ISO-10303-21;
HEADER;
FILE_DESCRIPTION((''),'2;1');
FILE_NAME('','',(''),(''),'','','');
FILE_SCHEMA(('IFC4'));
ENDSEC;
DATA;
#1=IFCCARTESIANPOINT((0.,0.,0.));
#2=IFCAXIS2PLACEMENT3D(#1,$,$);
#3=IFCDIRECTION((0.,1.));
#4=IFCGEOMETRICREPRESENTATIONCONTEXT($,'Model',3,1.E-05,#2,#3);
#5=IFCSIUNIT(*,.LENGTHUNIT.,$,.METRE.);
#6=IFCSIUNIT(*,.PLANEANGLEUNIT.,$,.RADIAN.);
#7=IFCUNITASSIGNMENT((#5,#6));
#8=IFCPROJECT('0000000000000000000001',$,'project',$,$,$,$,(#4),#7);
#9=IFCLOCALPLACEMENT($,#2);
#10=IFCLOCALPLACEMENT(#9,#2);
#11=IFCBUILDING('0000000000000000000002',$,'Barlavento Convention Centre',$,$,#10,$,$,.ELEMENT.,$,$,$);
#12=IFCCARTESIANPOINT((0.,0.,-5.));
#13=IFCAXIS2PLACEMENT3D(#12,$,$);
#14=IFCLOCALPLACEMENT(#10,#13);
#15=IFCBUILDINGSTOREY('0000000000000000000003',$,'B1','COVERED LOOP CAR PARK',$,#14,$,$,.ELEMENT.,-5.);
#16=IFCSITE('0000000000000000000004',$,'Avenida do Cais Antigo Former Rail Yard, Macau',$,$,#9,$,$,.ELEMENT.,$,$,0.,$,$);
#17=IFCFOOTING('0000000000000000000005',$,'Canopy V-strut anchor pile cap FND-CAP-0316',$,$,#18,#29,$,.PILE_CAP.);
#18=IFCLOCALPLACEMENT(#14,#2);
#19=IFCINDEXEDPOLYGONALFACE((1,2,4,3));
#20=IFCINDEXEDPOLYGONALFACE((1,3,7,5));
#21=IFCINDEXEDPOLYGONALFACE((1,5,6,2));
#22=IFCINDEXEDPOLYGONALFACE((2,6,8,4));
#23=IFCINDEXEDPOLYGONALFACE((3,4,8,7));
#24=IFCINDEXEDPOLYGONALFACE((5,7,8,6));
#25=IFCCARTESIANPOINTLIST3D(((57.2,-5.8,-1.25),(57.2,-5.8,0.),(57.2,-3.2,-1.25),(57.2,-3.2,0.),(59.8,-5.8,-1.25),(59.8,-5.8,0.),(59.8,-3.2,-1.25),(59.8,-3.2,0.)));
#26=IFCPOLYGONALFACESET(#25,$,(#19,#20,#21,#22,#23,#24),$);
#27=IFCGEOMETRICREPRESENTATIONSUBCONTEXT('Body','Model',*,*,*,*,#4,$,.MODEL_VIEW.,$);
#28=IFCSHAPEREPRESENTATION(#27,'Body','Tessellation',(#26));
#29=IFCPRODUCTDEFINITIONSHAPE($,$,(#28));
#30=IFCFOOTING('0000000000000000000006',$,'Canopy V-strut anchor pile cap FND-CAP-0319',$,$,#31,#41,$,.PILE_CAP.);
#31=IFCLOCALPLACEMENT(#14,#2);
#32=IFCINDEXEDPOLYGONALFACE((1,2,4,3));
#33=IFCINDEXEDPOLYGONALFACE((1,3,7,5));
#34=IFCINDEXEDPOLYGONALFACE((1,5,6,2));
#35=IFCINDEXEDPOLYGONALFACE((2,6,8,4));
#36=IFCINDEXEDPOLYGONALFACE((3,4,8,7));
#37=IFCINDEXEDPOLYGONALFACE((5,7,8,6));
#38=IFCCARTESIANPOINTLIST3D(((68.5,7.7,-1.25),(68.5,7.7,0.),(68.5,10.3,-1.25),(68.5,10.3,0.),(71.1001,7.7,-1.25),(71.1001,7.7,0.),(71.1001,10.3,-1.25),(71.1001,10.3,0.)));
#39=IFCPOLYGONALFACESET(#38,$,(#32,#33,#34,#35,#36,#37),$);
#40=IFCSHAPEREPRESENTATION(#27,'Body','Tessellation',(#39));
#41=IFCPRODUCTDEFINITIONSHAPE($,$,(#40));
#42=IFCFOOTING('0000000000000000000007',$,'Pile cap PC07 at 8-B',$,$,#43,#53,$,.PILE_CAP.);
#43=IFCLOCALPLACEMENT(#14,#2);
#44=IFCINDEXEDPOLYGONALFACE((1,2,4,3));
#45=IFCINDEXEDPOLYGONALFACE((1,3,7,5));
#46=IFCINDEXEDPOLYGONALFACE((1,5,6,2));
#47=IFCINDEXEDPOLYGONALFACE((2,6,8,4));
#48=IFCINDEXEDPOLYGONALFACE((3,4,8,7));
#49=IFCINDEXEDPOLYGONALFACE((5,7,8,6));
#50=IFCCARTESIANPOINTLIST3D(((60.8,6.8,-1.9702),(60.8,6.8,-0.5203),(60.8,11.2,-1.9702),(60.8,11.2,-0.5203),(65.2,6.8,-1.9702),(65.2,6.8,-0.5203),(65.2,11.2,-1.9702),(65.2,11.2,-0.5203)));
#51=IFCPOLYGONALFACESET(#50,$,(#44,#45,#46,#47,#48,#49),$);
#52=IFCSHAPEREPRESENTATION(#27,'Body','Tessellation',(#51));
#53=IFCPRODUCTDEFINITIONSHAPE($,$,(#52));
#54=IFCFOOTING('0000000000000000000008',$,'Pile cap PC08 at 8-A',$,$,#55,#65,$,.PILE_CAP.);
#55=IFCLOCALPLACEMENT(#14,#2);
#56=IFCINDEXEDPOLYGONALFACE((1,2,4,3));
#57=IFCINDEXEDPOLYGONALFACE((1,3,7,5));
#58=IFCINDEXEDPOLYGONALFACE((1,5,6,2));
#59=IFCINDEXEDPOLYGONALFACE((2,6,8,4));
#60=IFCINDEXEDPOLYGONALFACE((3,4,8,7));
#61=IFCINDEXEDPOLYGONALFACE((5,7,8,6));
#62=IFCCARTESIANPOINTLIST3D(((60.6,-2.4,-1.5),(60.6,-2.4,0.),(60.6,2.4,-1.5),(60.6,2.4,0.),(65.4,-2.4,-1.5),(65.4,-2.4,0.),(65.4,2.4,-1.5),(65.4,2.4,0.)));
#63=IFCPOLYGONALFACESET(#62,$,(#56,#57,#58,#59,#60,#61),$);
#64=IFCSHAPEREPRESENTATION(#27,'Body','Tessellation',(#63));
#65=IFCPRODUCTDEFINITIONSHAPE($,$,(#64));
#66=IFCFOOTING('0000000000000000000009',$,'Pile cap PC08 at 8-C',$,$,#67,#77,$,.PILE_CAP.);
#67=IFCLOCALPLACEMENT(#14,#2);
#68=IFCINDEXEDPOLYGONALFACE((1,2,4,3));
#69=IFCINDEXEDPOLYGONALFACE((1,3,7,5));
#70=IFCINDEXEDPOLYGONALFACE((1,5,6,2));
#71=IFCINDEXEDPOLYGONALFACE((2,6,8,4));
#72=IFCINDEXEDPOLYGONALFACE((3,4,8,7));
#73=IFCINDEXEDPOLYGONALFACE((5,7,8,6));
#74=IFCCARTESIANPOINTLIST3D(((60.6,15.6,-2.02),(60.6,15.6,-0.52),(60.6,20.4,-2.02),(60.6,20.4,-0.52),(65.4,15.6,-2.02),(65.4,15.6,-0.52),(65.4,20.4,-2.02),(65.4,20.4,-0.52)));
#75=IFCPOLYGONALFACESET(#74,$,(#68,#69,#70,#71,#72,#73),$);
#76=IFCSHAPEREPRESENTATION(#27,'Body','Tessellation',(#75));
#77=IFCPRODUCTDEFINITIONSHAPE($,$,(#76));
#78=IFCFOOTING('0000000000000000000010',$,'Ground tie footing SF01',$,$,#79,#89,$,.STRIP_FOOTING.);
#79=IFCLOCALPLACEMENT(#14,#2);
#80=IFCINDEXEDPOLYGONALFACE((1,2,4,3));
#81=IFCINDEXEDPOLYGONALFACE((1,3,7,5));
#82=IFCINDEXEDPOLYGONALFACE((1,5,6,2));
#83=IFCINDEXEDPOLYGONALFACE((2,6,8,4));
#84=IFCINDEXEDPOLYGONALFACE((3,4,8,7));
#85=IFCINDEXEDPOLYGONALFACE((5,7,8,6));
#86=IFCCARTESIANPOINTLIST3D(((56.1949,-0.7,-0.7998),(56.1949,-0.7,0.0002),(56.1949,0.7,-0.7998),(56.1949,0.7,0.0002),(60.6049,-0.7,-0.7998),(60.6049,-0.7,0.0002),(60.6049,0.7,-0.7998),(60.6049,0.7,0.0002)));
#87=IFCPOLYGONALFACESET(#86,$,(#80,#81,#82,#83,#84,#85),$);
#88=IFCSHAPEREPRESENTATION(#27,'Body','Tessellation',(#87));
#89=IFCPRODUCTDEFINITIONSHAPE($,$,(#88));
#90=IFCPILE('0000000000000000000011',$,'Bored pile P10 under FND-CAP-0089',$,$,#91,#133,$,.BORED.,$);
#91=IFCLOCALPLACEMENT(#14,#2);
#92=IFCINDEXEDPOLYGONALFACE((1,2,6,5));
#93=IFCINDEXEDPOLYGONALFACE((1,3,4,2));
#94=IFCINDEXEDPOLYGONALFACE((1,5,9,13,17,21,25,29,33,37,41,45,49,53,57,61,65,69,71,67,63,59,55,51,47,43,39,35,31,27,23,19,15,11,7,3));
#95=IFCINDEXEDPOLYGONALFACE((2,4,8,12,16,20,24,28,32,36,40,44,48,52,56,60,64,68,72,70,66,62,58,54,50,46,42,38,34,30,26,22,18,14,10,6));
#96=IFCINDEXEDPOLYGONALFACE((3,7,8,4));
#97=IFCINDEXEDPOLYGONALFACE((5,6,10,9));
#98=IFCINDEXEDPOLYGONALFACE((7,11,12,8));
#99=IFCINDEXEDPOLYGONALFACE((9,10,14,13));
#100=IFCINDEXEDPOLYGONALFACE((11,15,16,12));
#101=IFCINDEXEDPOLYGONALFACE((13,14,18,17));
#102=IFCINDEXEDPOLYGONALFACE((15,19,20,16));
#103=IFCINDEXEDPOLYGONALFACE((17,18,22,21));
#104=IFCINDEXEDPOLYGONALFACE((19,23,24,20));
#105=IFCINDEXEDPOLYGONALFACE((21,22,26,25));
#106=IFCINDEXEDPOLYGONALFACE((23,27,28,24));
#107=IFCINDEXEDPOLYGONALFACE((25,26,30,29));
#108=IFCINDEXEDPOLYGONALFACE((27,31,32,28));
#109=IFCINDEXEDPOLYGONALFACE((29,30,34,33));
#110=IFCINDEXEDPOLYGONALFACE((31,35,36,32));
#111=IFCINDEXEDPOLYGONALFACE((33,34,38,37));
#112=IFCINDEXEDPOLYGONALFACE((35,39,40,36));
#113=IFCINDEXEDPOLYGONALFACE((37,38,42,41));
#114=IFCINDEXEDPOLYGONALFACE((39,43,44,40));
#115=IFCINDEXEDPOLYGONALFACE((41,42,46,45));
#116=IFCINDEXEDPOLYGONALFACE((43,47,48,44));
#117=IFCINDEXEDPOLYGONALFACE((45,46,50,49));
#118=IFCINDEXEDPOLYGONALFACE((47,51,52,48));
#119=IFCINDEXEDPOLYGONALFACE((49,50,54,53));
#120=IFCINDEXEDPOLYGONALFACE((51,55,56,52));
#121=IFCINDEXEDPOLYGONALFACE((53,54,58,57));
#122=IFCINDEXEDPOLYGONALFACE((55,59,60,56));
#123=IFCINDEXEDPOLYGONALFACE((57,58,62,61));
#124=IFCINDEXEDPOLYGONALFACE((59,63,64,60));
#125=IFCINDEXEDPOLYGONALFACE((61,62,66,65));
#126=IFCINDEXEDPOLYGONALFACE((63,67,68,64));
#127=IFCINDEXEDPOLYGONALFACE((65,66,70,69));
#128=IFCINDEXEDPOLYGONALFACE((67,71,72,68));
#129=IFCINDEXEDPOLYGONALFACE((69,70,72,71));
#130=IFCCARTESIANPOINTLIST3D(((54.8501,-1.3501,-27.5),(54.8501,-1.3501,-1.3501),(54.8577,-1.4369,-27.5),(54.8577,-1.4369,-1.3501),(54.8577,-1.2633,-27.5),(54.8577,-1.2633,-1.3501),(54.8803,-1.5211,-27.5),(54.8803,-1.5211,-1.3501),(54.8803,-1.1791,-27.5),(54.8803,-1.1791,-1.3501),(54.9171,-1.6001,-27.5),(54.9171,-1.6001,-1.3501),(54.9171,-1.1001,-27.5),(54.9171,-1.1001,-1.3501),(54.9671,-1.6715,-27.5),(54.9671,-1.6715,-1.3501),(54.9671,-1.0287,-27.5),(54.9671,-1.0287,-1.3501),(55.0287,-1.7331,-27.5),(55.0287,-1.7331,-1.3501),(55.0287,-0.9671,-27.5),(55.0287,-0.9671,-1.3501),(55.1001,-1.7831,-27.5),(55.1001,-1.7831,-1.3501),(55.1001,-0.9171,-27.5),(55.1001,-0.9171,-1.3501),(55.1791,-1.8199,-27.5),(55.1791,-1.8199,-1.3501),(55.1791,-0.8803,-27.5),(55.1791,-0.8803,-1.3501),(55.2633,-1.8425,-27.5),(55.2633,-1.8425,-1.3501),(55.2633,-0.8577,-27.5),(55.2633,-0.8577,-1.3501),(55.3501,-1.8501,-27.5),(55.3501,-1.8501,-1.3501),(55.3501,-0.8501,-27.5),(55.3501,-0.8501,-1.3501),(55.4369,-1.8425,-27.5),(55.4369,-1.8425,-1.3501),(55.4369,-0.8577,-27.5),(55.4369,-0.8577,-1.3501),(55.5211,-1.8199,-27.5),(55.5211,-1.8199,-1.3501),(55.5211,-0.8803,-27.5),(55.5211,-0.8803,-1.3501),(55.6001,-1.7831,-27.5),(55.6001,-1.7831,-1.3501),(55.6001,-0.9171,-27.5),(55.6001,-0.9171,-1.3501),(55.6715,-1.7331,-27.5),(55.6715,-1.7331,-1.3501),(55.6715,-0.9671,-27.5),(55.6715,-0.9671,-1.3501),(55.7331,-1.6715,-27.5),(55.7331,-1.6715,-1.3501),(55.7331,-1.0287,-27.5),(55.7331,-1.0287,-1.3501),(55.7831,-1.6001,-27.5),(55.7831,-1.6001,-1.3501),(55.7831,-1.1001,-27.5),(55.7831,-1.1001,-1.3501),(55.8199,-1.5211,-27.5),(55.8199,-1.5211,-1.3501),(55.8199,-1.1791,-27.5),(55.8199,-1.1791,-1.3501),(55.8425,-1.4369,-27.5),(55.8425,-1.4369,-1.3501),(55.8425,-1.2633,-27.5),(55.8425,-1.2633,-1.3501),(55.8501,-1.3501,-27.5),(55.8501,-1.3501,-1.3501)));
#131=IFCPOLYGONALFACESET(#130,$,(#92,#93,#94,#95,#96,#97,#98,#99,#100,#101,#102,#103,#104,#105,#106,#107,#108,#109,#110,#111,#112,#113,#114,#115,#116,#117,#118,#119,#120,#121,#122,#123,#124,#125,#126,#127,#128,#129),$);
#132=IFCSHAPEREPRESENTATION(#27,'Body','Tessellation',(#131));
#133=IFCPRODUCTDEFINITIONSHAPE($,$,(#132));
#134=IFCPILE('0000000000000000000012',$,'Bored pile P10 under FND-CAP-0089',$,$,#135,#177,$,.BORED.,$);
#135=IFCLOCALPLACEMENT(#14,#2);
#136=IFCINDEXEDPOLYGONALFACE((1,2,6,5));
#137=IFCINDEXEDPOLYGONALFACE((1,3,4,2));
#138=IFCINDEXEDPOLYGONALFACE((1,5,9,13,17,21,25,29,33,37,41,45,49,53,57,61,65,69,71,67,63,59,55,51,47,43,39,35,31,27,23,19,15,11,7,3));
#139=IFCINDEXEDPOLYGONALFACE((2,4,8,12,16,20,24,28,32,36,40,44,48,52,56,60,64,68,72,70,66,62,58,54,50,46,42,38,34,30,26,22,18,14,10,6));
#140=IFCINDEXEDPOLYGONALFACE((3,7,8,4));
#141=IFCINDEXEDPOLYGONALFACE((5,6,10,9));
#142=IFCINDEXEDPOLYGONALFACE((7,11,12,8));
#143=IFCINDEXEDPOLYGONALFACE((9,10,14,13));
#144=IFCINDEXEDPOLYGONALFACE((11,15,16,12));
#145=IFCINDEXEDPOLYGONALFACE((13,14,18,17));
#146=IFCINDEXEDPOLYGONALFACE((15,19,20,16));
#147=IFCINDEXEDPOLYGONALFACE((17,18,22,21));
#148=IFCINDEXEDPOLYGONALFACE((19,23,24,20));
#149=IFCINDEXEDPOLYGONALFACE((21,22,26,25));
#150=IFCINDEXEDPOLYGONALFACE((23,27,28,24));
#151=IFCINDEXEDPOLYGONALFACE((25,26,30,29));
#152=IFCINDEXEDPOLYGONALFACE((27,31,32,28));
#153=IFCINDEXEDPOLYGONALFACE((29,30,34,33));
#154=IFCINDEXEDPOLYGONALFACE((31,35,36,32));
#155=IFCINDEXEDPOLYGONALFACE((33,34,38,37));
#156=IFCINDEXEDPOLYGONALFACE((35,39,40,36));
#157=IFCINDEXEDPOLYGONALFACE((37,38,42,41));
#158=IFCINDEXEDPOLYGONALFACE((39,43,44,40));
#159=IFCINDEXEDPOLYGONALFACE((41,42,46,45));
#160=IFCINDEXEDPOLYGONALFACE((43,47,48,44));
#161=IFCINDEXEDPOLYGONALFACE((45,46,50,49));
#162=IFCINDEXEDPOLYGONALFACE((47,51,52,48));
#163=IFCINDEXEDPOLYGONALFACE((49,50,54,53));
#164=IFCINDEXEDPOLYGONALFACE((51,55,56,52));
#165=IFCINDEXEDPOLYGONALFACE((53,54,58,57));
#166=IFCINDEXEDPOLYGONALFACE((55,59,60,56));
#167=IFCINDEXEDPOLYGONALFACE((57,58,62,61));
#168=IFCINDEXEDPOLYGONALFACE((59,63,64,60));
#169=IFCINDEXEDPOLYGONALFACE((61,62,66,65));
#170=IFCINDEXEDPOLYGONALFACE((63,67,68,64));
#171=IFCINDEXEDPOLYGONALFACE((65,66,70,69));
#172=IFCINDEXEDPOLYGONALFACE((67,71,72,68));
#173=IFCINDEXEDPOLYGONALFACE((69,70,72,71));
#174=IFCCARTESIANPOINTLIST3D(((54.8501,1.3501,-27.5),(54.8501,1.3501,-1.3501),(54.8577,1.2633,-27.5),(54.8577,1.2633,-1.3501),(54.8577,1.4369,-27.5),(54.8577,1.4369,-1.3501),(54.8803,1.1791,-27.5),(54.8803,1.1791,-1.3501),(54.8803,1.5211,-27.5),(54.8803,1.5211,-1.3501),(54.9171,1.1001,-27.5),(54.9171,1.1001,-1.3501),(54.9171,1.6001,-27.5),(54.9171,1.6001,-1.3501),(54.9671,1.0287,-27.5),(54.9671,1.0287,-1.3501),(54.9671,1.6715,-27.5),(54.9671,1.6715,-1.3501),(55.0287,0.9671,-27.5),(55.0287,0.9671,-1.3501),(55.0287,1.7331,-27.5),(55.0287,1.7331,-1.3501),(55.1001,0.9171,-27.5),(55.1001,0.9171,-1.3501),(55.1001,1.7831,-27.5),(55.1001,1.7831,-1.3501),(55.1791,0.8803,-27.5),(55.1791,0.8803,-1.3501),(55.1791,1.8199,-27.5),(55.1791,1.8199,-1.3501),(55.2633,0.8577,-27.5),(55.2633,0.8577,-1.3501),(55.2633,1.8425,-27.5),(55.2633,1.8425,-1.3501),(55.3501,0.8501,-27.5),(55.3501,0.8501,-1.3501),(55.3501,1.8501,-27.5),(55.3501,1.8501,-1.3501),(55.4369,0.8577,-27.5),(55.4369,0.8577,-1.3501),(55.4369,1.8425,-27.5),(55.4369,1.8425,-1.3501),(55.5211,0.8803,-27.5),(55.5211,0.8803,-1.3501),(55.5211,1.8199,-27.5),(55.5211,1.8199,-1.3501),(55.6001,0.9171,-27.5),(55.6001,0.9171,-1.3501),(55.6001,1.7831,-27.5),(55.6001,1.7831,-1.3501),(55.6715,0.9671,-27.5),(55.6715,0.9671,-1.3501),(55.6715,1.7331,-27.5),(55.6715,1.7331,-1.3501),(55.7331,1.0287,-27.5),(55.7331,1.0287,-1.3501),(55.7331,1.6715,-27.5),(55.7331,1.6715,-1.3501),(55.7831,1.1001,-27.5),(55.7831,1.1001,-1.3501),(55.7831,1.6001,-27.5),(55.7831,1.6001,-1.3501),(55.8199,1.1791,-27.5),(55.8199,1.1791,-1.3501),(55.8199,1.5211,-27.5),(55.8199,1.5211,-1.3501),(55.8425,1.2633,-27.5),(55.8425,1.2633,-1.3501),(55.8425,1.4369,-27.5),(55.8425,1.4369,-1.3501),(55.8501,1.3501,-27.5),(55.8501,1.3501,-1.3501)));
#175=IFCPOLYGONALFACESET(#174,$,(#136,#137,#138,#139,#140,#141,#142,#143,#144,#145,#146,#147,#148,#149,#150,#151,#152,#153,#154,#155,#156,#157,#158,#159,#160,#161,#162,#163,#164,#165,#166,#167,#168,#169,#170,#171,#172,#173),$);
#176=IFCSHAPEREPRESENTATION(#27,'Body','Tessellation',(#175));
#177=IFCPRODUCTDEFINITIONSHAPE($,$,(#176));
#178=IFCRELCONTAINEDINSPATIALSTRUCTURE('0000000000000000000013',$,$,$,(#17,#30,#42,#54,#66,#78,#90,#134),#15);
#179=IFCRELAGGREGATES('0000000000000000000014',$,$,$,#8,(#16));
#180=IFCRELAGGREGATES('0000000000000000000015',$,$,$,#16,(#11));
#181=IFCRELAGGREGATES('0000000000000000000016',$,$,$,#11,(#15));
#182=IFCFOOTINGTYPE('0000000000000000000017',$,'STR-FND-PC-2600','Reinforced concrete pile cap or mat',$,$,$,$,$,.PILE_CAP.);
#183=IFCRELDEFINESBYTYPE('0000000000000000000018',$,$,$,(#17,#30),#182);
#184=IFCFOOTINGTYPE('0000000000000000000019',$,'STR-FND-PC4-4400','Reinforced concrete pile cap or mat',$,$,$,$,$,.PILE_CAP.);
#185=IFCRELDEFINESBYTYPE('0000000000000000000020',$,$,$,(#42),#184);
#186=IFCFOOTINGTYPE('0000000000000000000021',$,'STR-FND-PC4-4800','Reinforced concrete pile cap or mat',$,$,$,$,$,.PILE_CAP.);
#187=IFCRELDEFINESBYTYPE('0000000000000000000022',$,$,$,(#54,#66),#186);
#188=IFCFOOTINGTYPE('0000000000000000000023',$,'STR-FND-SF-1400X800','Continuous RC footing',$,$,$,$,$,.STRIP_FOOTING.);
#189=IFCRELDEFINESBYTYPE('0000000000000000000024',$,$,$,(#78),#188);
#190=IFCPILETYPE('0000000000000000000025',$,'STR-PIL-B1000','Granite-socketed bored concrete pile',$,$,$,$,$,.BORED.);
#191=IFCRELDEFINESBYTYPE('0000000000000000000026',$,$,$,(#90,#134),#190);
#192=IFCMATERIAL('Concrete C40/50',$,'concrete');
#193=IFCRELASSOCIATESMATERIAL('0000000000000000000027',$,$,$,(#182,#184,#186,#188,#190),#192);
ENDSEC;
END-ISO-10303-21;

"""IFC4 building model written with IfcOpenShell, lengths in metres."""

from ifc_helpers import new_model, si_unit, direction, frame, origin, origin_2d, place, context, subcontext, project, spatial, rectangle, circle, extrude, material, material_profile, profile_set, type_object, element, save


model = new_model("IFC4")

# Units and contexts
model_context = context("Model", 3, precision=1e-05, world=origin(), true_north=direction((0.0, 1.0)))
body_context = subcontext(model_context, "Body", "Model", "MODEL_VIEW")
ifc_project = project(units=[si_unit("LENGTHUNIT", "METRE"), si_unit("PLANEANGLEUNIT", "RADIAN")], contexts=[model_context])

# Site, building, storey
site_placement = place(None, origin())
site = spatial("IfcSite", under=ifc_project, at=site_placement, Name="Avenida do Cais Antigo Former Rail Yard, Macau", CompositionType="ELEMENT", RefElevation=0.0)
building_placement = place(site_placement, origin())
building = spatial("IfcBuilding", under=site, at=building_placement, Name="Barlavento Convention Centre", CompositionType="ELEMENT")
storey_placement = place(building_placement, frame((0.0, 0.0, -5.0)))
storey = spatial("IfcBuildingStorey", under=building, at=storey_placement, Name="B1", Description="COVERED LOOP CAR PARK", CompositionType="ELEMENT", Elevation=-5.0)

# Footings
ifc_material_1 = material(Name="Concrete C40/50", Category="concrete")
footing_type_1 = type_object("IfcFootingType", Name="STR-FND-PC-2600", Description="Reinforced concrete pile cap or mat", PredefinedType="PILE_CAP", material=ifc_material_1)
for number, where, z_axis, x_axis, name in (
    (1, (58.5, -4.5, -1.25), (0.0, 0.0, 1.0), (1.0, 0.0, 0.0), "Canopy V-strut anchor pile cap FND-CAP-0316"),
    (2, (69.8, 9.0, -1.25), (0.0, 0.0, 1.0), (1.0, 0.0, 0.0), "Canopy V-strut anchor pile cap FND-CAP-0319"),
):
    element("IfcFooting", number, at=place(storey_placement, frame(where, z_axis=z_axis, x_axis=x_axis)), inside=storey, type_object=footing_type_1, Name=name, PredefinedType="PILE_CAP", context=body_context, shape_type="SweptSolid", body=[
        extrude(rectangle(XDim=2.6001, YDim=2.6001, at=origin_2d()), origin(), (0.0, 0.0, 1.0), 1.25),
    ])
footing_type_2 = type_object("IfcFootingType", Name="STR-FND-PC4-4400", Description="Reinforced concrete pile cap or mat", PredefinedType="PILE_CAP", material=ifc_material_1)
footing_1_placement = place(storey_placement, frame((63.0, 9.0, -1.9702), z_axis=(0.0, 0.0, 1.0), x_axis=(1.0, 0.0, 0.0)))
element("IfcFooting", 3, at=footing_1_placement, inside=storey, type_object=footing_type_2, Name="Pile cap PC07 at 8-B", PredefinedType="PILE_CAP", context=body_context, shape_type="SweptSolid", body=[
    extrude(rectangle(XDim=4.3999, YDim=4.3999, at=origin_2d()), origin(), (0.0, 0.0, 1.0), 1.45),
])
footing_type_3 = type_object("IfcFootingType", Name="STR-FND-PC4-4800", Description="Reinforced concrete pile cap or mat", PredefinedType="PILE_CAP", material=ifc_material_1)
for number, where, z_axis, x_axis, name in (
    (4, (63.0, 0.0, -1.5), (0.0, 0.0, 1.0), (1.0, 0.0, 0.0), "Pile cap PC08 at 8-A"),
    (5, (63.0, 18.0, -2.02), (0.0, 0.0, 1.0), (1.0, 0.0, 0.0), "Pile cap PC08 at 8-C"),
):
    element("IfcFooting", number, at=place(storey_placement, frame(where, z_axis=z_axis, x_axis=x_axis)), inside=storey, type_object=footing_type_3, Name=name, PredefinedType="PILE_CAP", context=body_context, shape_type="SweptSolid", body=[
        extrude(rectangle(XDim=4.8, YDim=4.8, at=origin_2d()), origin(), (0.0, 0.0, 1.0), 1.5),
    ])
footing_type_4 = type_object("IfcFootingType", Name="STR-FND-SF-1400X800", Description="Continuous RC footing", PredefinedType="STRIP_FOOTING", material=ifc_material_1)
footing_2_placement = place(storey_placement, frame((58.3999, 0.0, -0.7998), z_axis=(0.0, 0.0, 1.0), x_axis=(1.0, 0.0, 0.0)))
element("IfcFooting", 6, at=footing_2_placement, inside=storey, type_object=footing_type_4, Name="Ground tie footing SF01", PredefinedType="STRIP_FOOTING", context=body_context, shape_type="SweptSolid", body=[
    extrude(rectangle(XDim=4.4099, YDim=1.3999, at=origin_2d()), origin(), (0.0, 0.0, 1.0), 0.8),
])

# Piles
ifc_material_profile_1 = material_profile(ifc_material_1, circle(Radius=0.5, at=origin_2d()), Name="BORED PILE 1000")
ifc_profile_set_1 = profile_set([ifc_material_profile_1], Name="Concrete C40/50")
pile_type_1 = type_object("IfcPileType", Name="STR-PIL-B1000", Description="Granite-socketed bored concrete pile", PredefinedType="BORED", material=ifc_profile_set_1)
for number, where, z_axis, x_axis, name in (
    (7, (55.3501, -1.3501, -1.3501), (0.0, 0.0, -1.0), (1.0, 0.0, 0.0), "Bored pile P10 under FND-CAP-0089"),
    (8, (55.3501, 1.3501, -1.3501), (0.0, 0.0, -1.0), (1.0, 0.0, 0.0), "Bored pile P10 under FND-CAP-0089"),
):
    element("IfcPile", number, at=place(storey_placement, frame(where, z_axis=z_axis, x_axis=x_axis)), inside=storey, type_object=pile_type_1, Name=name, PredefinedType="BORED", context=body_context, shape_type="SweptSolid", body=[
        extrude(circle(Radius=0.5, at=origin_2d()), origin(), (0.0, 0.0, 1.0), 26.1499),
    ])

save(model, "model.ifc")
